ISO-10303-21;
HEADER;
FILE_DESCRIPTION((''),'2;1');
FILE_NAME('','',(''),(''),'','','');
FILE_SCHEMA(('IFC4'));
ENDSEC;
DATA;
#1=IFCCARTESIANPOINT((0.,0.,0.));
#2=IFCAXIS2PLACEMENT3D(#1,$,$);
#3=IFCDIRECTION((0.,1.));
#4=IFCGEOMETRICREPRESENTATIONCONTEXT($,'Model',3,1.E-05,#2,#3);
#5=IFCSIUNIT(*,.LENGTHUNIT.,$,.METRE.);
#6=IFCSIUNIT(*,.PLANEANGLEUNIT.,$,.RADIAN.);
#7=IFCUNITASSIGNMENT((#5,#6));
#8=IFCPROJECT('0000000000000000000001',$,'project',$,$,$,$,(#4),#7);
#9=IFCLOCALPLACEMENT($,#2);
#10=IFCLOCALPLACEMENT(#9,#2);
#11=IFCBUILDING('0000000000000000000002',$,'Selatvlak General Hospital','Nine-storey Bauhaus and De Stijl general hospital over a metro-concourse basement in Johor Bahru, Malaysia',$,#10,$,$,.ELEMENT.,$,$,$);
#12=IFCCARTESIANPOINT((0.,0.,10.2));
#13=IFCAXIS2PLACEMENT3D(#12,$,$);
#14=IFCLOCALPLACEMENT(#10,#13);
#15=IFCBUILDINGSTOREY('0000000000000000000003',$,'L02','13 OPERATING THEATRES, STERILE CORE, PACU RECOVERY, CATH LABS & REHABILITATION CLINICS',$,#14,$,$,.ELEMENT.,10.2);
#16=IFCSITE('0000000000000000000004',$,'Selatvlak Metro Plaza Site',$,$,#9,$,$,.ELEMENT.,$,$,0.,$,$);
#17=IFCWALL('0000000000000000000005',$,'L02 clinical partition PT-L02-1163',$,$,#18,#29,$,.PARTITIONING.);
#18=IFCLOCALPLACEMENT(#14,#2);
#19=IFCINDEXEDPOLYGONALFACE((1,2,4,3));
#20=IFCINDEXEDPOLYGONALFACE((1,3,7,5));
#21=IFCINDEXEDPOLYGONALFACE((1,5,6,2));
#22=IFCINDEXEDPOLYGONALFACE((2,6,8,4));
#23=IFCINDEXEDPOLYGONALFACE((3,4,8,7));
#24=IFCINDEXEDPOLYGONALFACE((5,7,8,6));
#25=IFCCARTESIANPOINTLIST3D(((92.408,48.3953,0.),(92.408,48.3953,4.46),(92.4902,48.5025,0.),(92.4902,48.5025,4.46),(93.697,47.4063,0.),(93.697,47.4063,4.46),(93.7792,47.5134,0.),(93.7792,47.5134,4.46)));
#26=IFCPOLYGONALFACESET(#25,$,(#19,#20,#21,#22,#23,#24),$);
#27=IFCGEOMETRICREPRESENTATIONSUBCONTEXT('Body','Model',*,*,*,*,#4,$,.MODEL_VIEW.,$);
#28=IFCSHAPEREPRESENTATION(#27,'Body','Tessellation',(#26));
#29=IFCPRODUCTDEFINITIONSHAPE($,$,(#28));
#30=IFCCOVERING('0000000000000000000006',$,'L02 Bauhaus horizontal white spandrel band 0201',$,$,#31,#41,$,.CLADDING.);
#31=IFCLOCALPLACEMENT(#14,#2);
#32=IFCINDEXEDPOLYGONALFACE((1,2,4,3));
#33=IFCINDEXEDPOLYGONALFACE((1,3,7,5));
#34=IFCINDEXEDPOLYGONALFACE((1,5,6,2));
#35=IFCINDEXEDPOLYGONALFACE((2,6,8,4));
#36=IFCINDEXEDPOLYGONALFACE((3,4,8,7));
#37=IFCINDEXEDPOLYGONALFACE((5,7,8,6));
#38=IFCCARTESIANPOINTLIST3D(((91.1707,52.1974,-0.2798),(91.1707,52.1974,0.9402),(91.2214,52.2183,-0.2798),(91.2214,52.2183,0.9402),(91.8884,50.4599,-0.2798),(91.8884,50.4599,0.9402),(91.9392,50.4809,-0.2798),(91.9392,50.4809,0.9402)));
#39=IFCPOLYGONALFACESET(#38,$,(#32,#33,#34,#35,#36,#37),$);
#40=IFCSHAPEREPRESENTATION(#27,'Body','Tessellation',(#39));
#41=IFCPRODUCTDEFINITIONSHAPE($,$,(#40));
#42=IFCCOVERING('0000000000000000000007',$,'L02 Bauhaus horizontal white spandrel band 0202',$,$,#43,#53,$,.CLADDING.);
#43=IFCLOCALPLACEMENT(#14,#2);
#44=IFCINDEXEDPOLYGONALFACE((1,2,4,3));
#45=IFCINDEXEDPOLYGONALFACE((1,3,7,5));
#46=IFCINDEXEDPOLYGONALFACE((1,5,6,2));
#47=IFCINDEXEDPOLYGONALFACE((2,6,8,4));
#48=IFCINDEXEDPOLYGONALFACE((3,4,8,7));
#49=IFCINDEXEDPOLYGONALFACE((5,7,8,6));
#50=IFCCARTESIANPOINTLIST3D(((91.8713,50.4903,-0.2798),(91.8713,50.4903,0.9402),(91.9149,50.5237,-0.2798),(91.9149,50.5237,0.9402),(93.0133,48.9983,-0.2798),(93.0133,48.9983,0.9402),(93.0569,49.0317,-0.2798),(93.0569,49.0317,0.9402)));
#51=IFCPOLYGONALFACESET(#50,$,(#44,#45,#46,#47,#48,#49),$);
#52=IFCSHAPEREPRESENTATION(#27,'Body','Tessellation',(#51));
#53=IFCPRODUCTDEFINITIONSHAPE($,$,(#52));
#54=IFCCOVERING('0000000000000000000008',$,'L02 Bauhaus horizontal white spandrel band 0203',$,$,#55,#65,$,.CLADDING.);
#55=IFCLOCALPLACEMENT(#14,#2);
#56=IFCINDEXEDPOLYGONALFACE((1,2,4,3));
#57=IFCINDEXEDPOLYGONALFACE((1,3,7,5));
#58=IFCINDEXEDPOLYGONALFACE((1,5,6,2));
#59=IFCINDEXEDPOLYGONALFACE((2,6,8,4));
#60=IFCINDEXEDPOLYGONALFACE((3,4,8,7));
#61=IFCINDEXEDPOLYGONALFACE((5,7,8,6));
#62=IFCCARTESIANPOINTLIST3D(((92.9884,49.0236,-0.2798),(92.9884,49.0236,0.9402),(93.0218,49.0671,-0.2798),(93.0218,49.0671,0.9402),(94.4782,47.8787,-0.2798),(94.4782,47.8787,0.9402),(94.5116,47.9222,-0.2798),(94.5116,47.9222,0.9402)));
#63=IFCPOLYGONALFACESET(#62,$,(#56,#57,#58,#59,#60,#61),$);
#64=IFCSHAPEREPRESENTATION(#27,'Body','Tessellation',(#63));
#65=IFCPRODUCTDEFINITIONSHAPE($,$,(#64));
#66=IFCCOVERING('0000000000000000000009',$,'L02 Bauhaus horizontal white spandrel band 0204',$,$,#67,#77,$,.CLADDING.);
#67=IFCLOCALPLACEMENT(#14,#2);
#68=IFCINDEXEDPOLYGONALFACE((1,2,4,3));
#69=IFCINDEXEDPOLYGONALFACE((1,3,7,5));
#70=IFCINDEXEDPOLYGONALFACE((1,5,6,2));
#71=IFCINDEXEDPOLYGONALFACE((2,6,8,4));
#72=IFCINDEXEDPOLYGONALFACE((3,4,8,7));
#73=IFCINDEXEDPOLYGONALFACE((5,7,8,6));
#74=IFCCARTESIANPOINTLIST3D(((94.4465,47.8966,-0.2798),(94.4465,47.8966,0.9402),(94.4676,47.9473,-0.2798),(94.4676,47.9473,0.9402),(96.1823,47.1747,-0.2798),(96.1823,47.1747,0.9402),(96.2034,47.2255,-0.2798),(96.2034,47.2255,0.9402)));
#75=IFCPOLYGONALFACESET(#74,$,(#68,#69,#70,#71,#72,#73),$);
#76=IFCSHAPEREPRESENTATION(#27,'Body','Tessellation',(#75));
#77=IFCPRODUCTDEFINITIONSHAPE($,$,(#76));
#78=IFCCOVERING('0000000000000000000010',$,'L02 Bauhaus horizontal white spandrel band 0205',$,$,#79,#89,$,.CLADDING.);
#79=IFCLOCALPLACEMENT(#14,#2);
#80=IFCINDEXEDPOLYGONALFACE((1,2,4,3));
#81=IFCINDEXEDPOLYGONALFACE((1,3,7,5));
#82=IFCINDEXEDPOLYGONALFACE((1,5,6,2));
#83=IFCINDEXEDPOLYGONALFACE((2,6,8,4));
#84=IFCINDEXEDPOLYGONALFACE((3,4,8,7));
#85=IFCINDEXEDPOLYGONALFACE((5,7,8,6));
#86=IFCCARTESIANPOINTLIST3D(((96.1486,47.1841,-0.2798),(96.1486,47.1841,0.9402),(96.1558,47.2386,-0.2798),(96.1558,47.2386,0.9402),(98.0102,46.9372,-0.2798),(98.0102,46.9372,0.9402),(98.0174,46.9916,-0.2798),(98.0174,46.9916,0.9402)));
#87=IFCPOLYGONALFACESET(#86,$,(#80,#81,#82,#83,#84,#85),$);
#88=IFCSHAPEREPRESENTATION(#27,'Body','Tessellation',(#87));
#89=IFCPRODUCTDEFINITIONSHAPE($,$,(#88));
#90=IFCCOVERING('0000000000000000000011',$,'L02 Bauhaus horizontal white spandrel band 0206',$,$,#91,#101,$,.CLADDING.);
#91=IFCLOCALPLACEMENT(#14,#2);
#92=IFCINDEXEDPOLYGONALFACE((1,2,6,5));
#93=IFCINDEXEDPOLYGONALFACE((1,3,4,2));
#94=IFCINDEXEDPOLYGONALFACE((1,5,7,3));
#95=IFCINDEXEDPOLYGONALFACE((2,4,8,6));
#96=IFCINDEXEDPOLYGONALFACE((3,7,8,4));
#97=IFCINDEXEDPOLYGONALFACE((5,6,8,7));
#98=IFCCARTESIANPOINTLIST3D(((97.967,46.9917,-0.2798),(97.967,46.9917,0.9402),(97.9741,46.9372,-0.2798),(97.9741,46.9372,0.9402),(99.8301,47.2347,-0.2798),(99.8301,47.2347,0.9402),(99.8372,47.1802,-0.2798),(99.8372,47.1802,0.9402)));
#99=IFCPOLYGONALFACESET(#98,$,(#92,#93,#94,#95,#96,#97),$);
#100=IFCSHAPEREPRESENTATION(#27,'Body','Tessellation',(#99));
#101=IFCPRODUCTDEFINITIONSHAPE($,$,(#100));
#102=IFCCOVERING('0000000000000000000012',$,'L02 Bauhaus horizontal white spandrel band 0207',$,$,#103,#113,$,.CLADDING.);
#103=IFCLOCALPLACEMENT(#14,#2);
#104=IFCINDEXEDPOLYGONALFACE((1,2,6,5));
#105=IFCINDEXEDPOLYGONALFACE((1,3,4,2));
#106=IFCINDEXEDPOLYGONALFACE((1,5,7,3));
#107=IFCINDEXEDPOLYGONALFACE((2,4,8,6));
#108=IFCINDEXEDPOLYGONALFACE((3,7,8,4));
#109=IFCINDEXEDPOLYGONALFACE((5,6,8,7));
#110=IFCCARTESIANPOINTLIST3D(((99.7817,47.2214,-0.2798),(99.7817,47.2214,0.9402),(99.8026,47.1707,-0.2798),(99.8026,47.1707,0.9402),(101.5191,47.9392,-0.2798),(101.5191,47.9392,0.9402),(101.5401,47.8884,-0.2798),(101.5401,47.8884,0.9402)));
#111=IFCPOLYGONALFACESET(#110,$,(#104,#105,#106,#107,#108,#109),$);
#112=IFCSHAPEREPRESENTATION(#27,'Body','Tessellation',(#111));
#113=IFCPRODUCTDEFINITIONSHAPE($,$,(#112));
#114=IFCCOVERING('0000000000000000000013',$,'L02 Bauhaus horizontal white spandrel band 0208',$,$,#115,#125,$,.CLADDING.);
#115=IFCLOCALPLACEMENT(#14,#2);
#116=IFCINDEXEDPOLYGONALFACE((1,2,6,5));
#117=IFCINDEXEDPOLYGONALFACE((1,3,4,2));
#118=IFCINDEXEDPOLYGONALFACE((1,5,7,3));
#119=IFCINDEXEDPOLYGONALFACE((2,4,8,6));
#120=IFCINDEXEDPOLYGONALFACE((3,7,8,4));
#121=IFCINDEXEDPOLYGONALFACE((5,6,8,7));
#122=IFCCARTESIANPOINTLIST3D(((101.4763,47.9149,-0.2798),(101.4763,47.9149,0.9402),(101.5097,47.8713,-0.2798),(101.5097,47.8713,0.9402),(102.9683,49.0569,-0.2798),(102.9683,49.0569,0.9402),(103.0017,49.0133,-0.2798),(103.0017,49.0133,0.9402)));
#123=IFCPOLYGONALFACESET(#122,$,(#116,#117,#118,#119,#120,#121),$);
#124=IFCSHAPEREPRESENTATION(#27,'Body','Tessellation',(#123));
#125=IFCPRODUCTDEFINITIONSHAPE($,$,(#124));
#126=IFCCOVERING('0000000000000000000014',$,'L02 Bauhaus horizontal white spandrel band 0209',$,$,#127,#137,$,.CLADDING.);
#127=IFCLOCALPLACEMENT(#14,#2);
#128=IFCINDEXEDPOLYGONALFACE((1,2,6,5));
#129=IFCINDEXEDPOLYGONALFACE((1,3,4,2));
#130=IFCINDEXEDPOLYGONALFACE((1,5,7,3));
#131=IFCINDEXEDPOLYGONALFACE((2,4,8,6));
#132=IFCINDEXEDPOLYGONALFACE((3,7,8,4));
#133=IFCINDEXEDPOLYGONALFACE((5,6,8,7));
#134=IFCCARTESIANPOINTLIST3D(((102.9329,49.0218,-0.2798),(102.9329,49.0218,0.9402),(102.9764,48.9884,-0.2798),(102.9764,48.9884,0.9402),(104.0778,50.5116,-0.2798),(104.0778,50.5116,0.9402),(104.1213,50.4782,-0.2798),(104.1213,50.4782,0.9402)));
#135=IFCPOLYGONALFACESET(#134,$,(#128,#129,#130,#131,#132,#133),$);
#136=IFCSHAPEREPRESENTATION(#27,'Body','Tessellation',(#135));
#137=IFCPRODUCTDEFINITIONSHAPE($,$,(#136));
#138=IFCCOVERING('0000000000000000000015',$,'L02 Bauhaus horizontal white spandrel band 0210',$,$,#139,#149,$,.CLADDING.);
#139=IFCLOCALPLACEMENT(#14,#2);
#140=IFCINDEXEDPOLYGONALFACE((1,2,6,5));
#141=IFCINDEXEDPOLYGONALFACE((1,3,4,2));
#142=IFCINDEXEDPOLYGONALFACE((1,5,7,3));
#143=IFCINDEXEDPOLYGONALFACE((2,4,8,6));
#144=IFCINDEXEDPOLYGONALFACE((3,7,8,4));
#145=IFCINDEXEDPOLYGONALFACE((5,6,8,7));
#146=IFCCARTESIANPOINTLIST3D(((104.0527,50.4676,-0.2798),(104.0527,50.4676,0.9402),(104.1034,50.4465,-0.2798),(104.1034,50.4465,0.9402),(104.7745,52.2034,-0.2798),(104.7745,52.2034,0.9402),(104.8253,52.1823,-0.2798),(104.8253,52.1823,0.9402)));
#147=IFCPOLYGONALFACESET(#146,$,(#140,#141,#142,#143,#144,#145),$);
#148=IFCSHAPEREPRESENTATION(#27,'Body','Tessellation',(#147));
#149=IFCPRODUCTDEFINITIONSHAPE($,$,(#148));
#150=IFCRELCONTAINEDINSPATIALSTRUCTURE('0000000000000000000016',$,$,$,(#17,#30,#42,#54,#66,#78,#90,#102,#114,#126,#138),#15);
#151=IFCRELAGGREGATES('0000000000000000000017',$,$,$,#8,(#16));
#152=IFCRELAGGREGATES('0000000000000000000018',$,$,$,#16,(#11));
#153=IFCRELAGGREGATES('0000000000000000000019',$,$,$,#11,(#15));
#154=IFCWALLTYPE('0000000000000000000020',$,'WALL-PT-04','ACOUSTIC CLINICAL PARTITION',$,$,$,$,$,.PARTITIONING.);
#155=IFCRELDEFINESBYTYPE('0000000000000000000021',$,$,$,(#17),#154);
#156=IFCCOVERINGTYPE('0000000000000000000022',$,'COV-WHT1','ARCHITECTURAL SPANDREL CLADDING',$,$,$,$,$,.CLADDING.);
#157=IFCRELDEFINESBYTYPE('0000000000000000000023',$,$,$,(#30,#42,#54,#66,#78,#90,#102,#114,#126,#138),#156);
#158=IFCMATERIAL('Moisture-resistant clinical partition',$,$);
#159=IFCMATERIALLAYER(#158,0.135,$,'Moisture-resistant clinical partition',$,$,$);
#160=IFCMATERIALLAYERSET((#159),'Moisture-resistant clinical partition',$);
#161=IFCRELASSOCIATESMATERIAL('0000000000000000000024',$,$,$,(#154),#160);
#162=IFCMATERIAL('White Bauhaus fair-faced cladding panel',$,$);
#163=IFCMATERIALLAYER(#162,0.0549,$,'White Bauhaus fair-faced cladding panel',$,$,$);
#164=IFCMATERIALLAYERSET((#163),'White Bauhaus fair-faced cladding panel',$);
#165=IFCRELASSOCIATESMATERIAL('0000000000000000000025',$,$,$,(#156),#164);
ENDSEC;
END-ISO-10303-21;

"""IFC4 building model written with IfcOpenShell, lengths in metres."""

from ifc_helpers import new_model, si_unit, direction, frame, frame_2d, origin, origin_2d, place, context, subcontext, project, spatial, rectangle, extrude, material, layer, layer_set, type_object, element, save


model = new_model("IFC4")

# Units and contexts
model_context = context("Model", 3, precision=1e-05, world=origin(), true_north=direction((0.0, 1.0)))
body_context = subcontext(model_context, "Body", "Model", "MODEL_VIEW")
ifc_project = project(units=[si_unit("LENGTHUNIT", "METRE"), si_unit("PLANEANGLEUNIT", "RADIAN")], contexts=[model_context])

# Site, building, storey
site_placement = place(None, origin())
site = spatial("IfcSite", under=ifc_project, at=site_placement, Name="Selatvlak Metro Plaza Site", CompositionType="ELEMENT", RefElevation=0.0)
building_placement = place(site_placement, origin())
building = spatial("IfcBuilding", under=site, at=building_placement, Name="Selatvlak General Hospital", Description="Nine-storey Bauhaus and De Stijl general hospital over a metro-concourse basement in Johor Bahru, Malaysia", CompositionType="ELEMENT")
storey_placement = place(building_placement, frame((0.0, 0.0, 10.2)))
storey = spatial("IfcBuildingStorey", under=building, at=storey_placement, Name="L02", Description="13 OPERATING THEATRES, STERILE CORE, PACU RECOVERY, CATH LABS & REHABILITATION CLINICS", CompositionType="ELEMENT", Elevation=10.2)

# Wall
ifc_material_1 = material(Name="Moisture-resistant clinical partition")
ifc_layer_1 = layer(ifc_material_1, 0.135, Name="Moisture-resistant clinical partition")
ifc_layer_set_1 = layer_set([ifc_layer_1], Name="Moisture-resistant clinical partition")
wall_type_1 = type_object("IfcWallType", Name="WALL-PT-04", Description="ACOUSTIC CLINICAL PARTITION", PredefinedType="PARTITIONING", material=ifc_layer_set_1)
wall_1_placement = place(storey_placement, frame((92.449, 48.449, 0.0), z_axis=(0.0, 0.0, 1.0), x_axis=(0.793389, -0.608715, 0.0)))
element("IfcWall", 1, at=wall_1_placement, inside=storey, type_object=wall_type_1, Name="L02 clinical partition PT-L02-1163", PredefinedType="PARTITIONING", context=body_context, shape_type="SweptSolid", body=[
    extrude(rectangle(XDim=1.6248, YDim=0.135, at=frame_2d((0.8125, 0.0))), origin(), (0.0, 0.0, 1.0), 4.46),
])

# Coverings
ifc_material_2 = material(Name="White Bauhaus fair-faced cladding panel")
ifc_layer_2 = layer(ifc_material_2, 0.0549, Name="White Bauhaus fair-faced cladding panel")
ifc_layer_set_2 = layer_set([ifc_layer_2], Name="White Bauhaus fair-faced cladding panel")
covering_type = type_object("IfcCoveringType", Name="COV-WHT1", Description="ARCHITECTURAL SPANDREL CLADDING", PredefinedType="CLADDING", material=ifc_layer_set_2)
covering_1_placement = place(storey_placement, frame((91.5549, 51.3391, -0.2798), z_axis=(0.0, 0.0, 1.0), x_axis=(0.381813, -0.92424, 0.0)))
element("IfcCovering", 2, at=covering_1_placement, inside=storey, type_object=covering_type, Name="L02 Bauhaus horizontal white spandrel band 0201", PredefinedType="CLADDING", context=body_context, shape_type="SweptSolid", body=[
    extrude(rectangle(XDim=1.8799, YDim=0.0549, at=origin_2d()), origin(), (0.0, 0.0, 1.0), 1.22),
])
for number, where, z_axis, x_axis, name in (
    (3, (92.4641, 49.761, -0.2798), (0.0, 0.0, 1.0), (0.607806, -0.794086, 0.0), "L02 Bauhaus horizontal white spandrel band 0202"),
    (4, (93.75, 48.4729, -0.2798), (0.0, 0.0, 1.0), (0.792918, -0.609329, 0.0), "L02 Bauhaus horizontal white spandrel band 0203"),
):
    element("IfcCovering", number, at=place(storey_placement, frame(where, z_axis=z_axis, x_axis=x_axis)), inside=storey, type_object=covering_type, Name=name, PredefinedType="CLADDING", context=body_context, shape_type="SweptSolid", body=[
        extrude(rectangle(XDim=1.8789, YDim=0.0549, at=origin_2d()), origin(), (0.0, 0.0, 1.0), 1.22),
    ])
covering_2_placement = place(storey_placement, frame((95.325, 47.561, -0.2798), z_axis=(0.0, 0.0, 1.0), x_axis=(0.923331, -0.384005, 0.0)))
element("IfcCovering", 5, at=covering_2_placement, inside=storey, type_object=covering_type, Name="L02 Bauhaus horizontal white spandrel band 0204", PredefinedType="CLADDING", context=body_context, shape_type="SweptSolid", body=[
    extrude(rectangle(XDim=1.8799, YDim=0.0549, at=origin_2d()), origin(), (0.0, 0.0, 1.0), 1.22),
])
covering_3_placement = place(storey_placement, frame((97.083, 47.0879, -0.2798), z_axis=(0.0, 0.0, 1.0), x_axis=(0.991317, -0.131495, 0.0)))
element("IfcCovering", 6, at=covering_3_placement, inside=storey, type_object=covering_type, Name="L02 Bauhaus horizontal white spandrel band 0205", PredefinedType="CLADDING", context=body_context, shape_type="SweptSolid", body=[
    extrude(rectangle(XDim=1.8779, YDim=0.0549, at=origin_2d()), origin(), (0.0, 0.0, 1.0), 1.22),
])
covering_4_placement = place(storey_placement, frame((98.9021, 47.0859, -0.2798), z_axis=(0.0, 0.0, 1.0), x_axis=(0.991601, 0.129332, 0.0)))
element("IfcCovering", 7, at=covering_4_placement, inside=storey, type_object=covering_type, Name="L02 Bauhaus horizontal white spandrel band 0206", PredefinedType="CLADDING", context=body_context, shape_type="SweptSolid", body=[
    extrude(rectangle(XDim=1.8789, YDim=0.0549, at=origin_2d()), origin(), (0.0, 0.0, 1.0), 1.22),
])
covering_5_placement = place(storey_placement, frame((100.6609, 47.5549, -0.2798), z_axis=(0.0, 0.0, 1.0), x_axis=(0.92424, 0.381813, 0.0)))
element("IfcCovering", 8, at=covering_5_placement, inside=storey, type_object=covering_type, Name="L02 Bauhaus horizontal white spandrel band 0207", PredefinedType="CLADDING", context=body_context, shape_type="SweptSolid", body=[
    extrude(rectangle(XDim=1.8799, YDim=0.0549, at=origin_2d()), origin(), (0.0, 0.0, 1.0), 1.22),
])
for number, where, z_axis, x_axis, name in (
    (9, (102.239, 48.4641, -0.2798), (0.0, 0.0, 1.0), (0.794086, 0.607806, 0.0), "L02 Bauhaus horizontal white spandrel band 0208"),
    (10, (103.5271, 49.75, -0.2798), (0.0, 0.0, 1.0), (0.609329, 0.792918, 0.0), "L02 Bauhaus horizontal white spandrel band 0209"),
):
    element("IfcCovering", number, at=place(storey_placement, frame(where, z_axis=z_axis, x_axis=x_axis)), inside=storey, type_object=covering_type, Name=name, PredefinedType="CLADDING", context=body_context, shape_type="SweptSolid", body=[
        extrude(rectangle(XDim=1.8789, YDim=0.0549, at=origin_2d()), origin(), (0.0, 0.0, 1.0), 1.22),
    ])
covering_6_placement = place(storey_placement, frame((104.439, 51.325, -0.2798), z_axis=(0.0, 0.0, 1.0), x_axis=(0.384005, 0.923331, 0.0)))
element("IfcCovering", 11, at=covering_6_placement, inside=storey, type_object=covering_type, Name="L02 Bauhaus horizontal white spandrel band 0210", PredefinedType="CLADDING", context=body_context, shape_type="SweptSolid", body=[
    extrude(rectangle(XDim=1.8799, YDim=0.0549, at=origin_2d()), origin(), (0.0, 0.0, 1.0), 1.22),
])

save(model, "model.ifc")
